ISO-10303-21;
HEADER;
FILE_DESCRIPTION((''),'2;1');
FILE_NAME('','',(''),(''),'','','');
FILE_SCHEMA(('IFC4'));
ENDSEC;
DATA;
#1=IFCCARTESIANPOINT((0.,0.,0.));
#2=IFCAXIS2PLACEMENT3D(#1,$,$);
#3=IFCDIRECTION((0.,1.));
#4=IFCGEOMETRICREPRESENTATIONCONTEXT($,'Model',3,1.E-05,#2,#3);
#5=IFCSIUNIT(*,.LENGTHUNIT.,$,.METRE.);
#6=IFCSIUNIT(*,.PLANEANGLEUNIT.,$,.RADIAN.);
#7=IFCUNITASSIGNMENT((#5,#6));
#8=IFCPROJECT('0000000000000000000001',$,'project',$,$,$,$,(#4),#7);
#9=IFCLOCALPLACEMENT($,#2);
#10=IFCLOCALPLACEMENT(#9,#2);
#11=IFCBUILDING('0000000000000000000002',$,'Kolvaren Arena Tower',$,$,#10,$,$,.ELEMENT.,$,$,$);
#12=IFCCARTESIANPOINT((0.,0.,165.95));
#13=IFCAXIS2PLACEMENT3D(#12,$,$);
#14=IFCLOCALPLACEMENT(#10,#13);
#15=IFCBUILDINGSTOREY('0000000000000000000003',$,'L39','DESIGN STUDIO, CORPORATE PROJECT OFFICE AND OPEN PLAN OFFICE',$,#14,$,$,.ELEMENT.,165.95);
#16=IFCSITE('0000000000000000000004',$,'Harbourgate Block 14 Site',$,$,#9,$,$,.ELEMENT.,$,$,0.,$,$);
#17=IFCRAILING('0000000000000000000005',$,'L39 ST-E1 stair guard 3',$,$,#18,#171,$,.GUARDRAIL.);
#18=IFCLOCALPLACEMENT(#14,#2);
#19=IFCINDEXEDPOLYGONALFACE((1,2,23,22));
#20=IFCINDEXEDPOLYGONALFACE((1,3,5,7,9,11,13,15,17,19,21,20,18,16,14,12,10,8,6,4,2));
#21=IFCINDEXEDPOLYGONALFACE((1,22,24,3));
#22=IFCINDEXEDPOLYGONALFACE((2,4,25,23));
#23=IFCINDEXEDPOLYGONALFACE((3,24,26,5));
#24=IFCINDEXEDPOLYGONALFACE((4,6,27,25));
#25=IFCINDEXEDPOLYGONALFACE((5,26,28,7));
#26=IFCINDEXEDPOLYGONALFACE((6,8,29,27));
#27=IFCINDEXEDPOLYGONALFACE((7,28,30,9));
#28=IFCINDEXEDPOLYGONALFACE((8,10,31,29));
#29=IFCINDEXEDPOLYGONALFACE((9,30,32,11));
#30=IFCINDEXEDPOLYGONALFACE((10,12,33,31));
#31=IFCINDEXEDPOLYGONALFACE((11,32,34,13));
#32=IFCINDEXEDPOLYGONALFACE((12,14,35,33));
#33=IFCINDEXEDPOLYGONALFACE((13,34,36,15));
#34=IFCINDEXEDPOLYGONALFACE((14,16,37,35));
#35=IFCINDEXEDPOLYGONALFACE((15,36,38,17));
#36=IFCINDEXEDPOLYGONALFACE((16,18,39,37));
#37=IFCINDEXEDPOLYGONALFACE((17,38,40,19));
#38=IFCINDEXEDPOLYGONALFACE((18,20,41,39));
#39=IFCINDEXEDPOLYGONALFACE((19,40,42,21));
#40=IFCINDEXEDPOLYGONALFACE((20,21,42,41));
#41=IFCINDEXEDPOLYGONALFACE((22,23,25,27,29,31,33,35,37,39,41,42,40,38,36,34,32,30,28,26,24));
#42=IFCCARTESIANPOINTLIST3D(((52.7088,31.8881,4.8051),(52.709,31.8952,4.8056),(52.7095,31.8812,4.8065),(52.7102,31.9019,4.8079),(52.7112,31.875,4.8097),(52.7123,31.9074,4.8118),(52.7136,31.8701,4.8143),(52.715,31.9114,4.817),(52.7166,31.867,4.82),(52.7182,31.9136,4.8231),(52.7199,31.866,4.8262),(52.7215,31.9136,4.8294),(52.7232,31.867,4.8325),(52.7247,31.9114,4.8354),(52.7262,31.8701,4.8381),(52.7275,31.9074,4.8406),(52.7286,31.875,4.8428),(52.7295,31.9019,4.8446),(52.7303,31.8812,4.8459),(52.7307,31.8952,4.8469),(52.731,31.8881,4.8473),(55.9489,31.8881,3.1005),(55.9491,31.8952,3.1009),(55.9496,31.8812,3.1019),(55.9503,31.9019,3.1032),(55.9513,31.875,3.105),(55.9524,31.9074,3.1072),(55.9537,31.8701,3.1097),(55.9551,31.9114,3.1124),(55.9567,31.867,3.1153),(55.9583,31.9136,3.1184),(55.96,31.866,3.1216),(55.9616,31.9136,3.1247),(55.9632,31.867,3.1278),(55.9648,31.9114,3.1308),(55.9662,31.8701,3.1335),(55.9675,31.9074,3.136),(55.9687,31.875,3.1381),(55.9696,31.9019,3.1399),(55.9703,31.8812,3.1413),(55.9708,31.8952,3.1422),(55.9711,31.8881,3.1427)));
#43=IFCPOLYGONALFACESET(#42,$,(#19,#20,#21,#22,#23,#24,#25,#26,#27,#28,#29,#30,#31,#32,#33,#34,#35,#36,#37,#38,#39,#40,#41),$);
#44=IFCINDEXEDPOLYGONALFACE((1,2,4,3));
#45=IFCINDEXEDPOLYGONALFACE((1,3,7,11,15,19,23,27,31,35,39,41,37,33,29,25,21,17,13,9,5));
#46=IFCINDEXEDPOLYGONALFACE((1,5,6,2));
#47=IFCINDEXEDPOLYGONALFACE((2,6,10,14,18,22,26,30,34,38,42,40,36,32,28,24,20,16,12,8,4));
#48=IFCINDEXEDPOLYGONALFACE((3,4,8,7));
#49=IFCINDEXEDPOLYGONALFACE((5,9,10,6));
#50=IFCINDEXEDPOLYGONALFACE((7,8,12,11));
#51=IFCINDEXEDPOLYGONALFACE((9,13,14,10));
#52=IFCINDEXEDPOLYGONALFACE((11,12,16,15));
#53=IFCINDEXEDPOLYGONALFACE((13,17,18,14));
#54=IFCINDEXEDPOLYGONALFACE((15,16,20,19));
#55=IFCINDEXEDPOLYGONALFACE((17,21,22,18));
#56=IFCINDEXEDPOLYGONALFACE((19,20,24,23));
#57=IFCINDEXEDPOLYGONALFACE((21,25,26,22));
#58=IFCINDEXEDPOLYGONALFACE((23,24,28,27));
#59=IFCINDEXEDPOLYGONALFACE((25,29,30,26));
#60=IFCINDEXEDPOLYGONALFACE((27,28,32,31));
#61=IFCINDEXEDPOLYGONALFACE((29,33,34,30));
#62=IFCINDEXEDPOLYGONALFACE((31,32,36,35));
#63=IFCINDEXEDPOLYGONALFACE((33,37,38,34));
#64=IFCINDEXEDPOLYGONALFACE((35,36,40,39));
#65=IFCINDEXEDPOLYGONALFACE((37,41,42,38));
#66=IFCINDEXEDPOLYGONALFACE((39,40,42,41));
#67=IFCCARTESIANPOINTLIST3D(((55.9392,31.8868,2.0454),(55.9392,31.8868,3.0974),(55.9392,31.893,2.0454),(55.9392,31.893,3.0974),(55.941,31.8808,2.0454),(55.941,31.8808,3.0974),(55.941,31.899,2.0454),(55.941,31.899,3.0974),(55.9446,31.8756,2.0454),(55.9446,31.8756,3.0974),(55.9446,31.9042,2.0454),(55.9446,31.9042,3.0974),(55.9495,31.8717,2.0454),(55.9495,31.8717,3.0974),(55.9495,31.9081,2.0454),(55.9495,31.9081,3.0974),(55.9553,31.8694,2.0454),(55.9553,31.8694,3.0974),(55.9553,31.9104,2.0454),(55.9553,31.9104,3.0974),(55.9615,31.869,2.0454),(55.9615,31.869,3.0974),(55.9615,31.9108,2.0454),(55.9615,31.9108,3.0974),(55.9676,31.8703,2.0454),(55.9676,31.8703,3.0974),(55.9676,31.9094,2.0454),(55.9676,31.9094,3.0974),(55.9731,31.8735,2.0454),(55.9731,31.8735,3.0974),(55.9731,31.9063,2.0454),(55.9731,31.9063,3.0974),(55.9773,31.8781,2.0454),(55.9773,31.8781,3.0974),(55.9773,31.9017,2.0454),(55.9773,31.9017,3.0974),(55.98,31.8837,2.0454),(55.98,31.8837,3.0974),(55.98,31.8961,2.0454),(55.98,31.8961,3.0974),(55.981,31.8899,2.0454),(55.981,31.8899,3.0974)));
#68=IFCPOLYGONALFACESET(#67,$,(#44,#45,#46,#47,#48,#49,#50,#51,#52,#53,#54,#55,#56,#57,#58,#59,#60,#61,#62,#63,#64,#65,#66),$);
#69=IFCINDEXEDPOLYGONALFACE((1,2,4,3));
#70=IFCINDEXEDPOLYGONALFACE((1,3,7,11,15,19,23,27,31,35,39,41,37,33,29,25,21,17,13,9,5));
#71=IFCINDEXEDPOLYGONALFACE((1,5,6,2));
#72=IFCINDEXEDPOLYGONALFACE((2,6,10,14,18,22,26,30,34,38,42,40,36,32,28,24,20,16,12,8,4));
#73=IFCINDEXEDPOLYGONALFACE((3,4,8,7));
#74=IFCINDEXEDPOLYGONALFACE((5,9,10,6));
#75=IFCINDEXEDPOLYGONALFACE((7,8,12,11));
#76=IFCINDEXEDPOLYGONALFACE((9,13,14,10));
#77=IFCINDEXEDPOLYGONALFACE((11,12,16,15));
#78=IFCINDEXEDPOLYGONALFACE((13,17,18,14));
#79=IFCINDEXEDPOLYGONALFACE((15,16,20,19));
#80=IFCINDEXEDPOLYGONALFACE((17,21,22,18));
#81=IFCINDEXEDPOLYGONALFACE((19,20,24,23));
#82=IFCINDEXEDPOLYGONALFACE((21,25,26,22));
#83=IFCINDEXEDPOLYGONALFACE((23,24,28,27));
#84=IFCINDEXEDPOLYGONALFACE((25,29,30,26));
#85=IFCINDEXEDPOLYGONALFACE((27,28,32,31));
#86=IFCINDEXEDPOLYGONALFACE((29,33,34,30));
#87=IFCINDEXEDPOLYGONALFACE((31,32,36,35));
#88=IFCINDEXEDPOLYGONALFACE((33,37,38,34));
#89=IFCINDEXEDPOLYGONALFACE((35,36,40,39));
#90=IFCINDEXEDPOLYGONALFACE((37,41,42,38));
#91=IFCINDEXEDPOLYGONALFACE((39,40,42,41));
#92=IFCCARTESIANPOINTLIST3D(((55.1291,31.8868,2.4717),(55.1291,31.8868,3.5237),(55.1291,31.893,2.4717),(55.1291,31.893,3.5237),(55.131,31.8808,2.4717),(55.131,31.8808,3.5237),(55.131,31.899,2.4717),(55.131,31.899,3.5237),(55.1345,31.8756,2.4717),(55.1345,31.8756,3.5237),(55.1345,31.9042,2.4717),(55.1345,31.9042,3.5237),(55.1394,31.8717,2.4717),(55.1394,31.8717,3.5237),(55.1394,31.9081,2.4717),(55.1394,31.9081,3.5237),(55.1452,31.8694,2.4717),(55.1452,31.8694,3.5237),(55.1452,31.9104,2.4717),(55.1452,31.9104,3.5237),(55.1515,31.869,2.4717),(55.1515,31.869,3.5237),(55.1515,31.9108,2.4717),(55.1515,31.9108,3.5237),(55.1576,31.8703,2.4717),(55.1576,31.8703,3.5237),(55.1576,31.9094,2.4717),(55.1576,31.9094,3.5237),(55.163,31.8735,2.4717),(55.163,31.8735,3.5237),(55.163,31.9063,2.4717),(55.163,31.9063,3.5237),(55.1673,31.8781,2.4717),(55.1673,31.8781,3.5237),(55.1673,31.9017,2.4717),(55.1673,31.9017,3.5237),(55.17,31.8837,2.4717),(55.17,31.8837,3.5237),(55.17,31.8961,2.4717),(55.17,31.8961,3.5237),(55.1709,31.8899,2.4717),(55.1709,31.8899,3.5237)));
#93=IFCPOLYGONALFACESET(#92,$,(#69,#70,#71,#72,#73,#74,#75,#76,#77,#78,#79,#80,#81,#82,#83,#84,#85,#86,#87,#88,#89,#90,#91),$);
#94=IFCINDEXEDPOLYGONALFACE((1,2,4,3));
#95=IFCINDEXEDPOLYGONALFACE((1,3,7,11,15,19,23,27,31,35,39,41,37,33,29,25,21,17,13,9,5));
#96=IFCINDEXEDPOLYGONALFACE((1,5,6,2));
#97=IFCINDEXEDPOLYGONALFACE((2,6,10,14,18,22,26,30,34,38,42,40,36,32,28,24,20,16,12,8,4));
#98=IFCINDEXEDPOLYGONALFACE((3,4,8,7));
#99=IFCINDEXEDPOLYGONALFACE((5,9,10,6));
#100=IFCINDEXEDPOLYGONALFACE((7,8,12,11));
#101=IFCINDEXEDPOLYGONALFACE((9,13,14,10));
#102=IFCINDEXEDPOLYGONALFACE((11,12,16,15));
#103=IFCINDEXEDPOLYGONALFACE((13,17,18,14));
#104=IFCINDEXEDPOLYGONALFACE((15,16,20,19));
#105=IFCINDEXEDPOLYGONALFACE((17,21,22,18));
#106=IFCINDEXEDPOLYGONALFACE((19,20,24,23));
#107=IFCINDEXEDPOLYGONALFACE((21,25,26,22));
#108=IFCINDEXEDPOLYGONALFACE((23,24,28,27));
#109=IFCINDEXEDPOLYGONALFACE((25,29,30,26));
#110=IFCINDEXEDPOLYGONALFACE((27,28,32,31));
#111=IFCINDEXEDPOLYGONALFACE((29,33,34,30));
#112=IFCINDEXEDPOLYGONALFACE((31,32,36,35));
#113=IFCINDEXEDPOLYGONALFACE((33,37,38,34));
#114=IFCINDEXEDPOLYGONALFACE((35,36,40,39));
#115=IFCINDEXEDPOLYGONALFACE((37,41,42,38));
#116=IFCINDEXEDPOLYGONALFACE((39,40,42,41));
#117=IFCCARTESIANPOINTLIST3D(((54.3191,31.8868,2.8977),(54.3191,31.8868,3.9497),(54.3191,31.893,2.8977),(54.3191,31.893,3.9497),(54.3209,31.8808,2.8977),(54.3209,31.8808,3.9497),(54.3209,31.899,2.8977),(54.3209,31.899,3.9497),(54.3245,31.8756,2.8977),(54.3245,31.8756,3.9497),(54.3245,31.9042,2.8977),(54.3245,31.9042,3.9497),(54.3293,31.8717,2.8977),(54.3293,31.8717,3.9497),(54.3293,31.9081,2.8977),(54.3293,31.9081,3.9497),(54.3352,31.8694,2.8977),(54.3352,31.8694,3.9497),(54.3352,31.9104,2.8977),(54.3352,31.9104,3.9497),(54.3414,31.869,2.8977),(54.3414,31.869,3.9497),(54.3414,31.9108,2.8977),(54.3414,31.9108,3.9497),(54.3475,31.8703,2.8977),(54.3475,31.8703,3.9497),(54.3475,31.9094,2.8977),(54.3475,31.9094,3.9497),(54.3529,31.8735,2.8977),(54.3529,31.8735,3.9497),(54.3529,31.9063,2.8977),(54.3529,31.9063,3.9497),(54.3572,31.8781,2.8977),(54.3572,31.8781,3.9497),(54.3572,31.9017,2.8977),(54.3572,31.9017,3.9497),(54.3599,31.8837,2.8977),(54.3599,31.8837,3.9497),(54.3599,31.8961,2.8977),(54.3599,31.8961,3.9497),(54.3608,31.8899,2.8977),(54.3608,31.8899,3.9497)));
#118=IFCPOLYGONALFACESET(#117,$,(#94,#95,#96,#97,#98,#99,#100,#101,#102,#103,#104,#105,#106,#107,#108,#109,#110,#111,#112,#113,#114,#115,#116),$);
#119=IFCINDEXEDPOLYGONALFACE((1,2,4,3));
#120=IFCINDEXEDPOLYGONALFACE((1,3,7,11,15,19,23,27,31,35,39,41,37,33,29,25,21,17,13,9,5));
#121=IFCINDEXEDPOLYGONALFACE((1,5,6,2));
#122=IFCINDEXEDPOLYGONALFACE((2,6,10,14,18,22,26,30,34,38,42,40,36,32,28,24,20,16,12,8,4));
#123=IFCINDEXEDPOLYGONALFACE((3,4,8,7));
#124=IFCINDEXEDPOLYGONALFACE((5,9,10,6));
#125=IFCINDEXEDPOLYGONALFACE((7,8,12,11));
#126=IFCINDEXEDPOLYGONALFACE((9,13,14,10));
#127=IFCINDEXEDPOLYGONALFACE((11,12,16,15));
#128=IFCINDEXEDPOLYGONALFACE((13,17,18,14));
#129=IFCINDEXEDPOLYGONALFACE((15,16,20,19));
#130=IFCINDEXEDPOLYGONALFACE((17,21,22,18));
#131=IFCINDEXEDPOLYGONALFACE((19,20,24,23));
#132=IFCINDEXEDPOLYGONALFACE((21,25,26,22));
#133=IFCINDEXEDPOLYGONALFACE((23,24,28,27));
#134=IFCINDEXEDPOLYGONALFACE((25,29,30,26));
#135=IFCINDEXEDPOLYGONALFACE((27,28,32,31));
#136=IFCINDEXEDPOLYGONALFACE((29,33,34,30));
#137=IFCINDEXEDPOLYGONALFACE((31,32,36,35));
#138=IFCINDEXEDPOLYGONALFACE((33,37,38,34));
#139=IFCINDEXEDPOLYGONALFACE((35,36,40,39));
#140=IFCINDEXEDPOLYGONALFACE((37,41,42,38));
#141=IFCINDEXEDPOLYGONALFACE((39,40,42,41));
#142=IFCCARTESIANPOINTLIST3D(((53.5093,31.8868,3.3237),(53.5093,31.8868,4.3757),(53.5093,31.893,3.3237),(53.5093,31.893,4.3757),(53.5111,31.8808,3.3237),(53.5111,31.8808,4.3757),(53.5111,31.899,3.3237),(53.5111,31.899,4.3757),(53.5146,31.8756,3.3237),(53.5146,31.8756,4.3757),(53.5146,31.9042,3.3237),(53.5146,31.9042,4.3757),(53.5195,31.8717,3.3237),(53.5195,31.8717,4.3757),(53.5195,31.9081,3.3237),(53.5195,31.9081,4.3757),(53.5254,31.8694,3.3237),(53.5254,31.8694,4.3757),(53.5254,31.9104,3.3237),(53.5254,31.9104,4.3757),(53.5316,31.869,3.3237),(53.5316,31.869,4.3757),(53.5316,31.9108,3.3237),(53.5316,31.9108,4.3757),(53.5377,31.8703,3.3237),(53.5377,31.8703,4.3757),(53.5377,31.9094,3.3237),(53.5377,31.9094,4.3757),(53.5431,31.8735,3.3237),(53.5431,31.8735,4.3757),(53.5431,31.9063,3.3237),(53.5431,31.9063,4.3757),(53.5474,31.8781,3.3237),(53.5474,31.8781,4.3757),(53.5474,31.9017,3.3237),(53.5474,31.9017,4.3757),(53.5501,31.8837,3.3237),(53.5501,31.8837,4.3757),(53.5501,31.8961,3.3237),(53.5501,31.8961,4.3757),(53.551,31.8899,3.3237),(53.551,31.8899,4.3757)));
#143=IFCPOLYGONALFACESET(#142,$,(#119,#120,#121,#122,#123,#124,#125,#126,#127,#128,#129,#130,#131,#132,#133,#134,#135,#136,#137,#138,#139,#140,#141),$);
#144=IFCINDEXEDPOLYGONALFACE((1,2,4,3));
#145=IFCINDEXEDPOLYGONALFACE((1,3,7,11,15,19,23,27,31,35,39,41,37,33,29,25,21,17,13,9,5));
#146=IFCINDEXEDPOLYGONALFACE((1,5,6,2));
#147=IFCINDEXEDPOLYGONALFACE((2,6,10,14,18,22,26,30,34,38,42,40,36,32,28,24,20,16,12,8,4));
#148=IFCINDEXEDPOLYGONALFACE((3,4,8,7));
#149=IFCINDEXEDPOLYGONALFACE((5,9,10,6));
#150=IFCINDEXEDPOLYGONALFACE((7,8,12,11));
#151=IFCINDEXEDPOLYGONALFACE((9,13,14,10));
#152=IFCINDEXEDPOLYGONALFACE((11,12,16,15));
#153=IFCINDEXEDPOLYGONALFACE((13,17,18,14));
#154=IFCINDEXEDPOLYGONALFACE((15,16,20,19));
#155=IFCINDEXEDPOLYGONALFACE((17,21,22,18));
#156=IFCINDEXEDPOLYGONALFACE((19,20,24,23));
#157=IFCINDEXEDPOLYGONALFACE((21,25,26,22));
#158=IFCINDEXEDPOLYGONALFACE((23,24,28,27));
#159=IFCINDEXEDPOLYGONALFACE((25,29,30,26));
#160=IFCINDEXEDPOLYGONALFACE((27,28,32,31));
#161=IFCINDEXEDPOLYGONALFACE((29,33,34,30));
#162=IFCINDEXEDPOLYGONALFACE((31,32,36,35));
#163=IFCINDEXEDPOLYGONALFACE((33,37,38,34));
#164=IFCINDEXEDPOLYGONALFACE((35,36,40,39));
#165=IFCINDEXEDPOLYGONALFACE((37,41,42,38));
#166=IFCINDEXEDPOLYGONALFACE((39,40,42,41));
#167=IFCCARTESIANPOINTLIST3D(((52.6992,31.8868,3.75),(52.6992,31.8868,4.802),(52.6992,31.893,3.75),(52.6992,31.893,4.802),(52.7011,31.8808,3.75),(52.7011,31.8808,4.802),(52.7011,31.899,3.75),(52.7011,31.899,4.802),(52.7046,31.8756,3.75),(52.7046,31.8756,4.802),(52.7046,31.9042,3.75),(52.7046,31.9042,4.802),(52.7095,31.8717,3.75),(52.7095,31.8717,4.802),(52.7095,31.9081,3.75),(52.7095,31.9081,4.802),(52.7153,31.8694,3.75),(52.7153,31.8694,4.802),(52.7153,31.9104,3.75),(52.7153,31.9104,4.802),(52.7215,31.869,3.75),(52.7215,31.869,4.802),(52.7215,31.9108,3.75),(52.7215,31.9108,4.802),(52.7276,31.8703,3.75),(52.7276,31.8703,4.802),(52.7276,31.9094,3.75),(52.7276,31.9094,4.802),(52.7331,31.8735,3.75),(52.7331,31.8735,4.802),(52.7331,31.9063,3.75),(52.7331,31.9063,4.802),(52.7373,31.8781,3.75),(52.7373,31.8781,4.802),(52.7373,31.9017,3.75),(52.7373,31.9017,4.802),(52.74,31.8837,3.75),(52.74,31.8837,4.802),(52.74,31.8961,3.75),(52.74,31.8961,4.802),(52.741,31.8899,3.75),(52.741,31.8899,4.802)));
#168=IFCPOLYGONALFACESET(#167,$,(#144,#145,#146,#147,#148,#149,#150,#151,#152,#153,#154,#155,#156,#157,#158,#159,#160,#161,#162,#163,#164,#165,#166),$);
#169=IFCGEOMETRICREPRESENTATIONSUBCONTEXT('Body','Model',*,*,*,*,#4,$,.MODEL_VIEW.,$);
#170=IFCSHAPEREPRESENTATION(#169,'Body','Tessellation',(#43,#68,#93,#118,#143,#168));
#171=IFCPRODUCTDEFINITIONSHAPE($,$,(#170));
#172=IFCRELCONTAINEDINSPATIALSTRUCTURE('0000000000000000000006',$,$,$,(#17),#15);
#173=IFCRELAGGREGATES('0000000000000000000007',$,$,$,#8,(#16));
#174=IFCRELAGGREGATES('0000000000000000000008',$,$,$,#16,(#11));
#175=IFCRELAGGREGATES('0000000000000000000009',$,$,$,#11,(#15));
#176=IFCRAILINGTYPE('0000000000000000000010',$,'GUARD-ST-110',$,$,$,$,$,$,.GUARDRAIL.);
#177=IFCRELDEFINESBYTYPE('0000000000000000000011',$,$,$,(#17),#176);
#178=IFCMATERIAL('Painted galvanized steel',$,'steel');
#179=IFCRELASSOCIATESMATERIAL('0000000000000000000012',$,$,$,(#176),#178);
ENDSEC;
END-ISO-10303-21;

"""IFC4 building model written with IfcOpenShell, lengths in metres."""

from ifc_helpers import new_model, si_unit, direction, frame, origin, origin_2d, place, context, subcontext, project, spatial, circle, extrude, material, type_object, element, save


model = new_model("IFC4")

# Units and contexts
model_context = context("Model", 3, precision=1e-05, world=origin(), true_north=direction((0.0, 1.0)))
body_context = subcontext(model_context, "Body", "Model", "MODEL_VIEW")
ifc_project = project(units=[si_unit("LENGTHUNIT", "METRE"), si_unit("PLANEANGLEUNIT", "RADIAN")], contexts=[model_context])

# Site, building, storey
site_placement = place(None, origin())
site = spatial("IfcSite", under=ifc_project, at=site_placement, Name="Harbourgate Block 14 Site", CompositionType="ELEMENT", RefElevation=0.0)
building_placement = place(site_placement, origin())
building = spatial("IfcBuilding", under=site, at=building_placement, Name="Kolvaren Arena Tower", CompositionType="ELEMENT")
storey_placement = place(building_placement, frame((0.0, 0.0, 165.95)))
storey = spatial("IfcBuildingStorey", under=building, at=storey_placement, Name="L39", Description="DESIGN STUDIO, CORPORATE PROJECT OFFICE AND OPEN PLAN OFFICE", CompositionType="ELEMENT", Elevation=165.95)

# Railing
ifc_material_1 = material(Name="Painted galvanized steel", Category="steel")
railing_type_1 = type_object("IfcRailingType", Name="GUARD-ST-110", PredefinedType="GUARDRAIL", material=ifc_material_1)
railing_1_placement = place(storey_placement, frame((55.96, 31.8899, 2.0454)))
element("IfcRailing", 1, at=railing_1_placement, inside=storey, type_object=railing_type_1, Name="L39 ST-E1 stair guard 3", PredefinedType="GUARDRAIL", context=body_context, shape_type="SweptSolid", body=[
    extrude(circle(Radius=0.0239, at=origin_2d()), frame((0.0, 0.0, 1.0762), z_axis=(-0.884993, 0.0, 0.465604), x_axis=(0.0, -1.0, 0.0)), (0.0, 0.0, 1.0), 3.6611),
    extrude(circle(Radius=0.021, at=origin_2d()), origin(), (0.0, 0.0, 1.0), 1.052),
    extrude(circle(Radius=0.021, at=origin_2d()), frame((-0.8101, 0.0, 0.4263)), (0.0, 0.0, 1.0), 1.052),
    extrude(circle(Radius=0.021, at=origin_2d()), frame((-1.6201, 0.0, 0.8523)), (0.0, 0.0, 1.0), 1.052),
    extrude(circle(Radius=0.021, at=origin_2d()), frame((-2.4299, 0.0, 1.2783)), (0.0, 0.0, 1.0), 1.052),
    extrude(circle(Radius=0.021, at=origin_2d()), frame((-3.24, 0.0, 1.7046)), (0.0, 0.0, 1.0), 1.052),
])

save(model, "model.ifc")
